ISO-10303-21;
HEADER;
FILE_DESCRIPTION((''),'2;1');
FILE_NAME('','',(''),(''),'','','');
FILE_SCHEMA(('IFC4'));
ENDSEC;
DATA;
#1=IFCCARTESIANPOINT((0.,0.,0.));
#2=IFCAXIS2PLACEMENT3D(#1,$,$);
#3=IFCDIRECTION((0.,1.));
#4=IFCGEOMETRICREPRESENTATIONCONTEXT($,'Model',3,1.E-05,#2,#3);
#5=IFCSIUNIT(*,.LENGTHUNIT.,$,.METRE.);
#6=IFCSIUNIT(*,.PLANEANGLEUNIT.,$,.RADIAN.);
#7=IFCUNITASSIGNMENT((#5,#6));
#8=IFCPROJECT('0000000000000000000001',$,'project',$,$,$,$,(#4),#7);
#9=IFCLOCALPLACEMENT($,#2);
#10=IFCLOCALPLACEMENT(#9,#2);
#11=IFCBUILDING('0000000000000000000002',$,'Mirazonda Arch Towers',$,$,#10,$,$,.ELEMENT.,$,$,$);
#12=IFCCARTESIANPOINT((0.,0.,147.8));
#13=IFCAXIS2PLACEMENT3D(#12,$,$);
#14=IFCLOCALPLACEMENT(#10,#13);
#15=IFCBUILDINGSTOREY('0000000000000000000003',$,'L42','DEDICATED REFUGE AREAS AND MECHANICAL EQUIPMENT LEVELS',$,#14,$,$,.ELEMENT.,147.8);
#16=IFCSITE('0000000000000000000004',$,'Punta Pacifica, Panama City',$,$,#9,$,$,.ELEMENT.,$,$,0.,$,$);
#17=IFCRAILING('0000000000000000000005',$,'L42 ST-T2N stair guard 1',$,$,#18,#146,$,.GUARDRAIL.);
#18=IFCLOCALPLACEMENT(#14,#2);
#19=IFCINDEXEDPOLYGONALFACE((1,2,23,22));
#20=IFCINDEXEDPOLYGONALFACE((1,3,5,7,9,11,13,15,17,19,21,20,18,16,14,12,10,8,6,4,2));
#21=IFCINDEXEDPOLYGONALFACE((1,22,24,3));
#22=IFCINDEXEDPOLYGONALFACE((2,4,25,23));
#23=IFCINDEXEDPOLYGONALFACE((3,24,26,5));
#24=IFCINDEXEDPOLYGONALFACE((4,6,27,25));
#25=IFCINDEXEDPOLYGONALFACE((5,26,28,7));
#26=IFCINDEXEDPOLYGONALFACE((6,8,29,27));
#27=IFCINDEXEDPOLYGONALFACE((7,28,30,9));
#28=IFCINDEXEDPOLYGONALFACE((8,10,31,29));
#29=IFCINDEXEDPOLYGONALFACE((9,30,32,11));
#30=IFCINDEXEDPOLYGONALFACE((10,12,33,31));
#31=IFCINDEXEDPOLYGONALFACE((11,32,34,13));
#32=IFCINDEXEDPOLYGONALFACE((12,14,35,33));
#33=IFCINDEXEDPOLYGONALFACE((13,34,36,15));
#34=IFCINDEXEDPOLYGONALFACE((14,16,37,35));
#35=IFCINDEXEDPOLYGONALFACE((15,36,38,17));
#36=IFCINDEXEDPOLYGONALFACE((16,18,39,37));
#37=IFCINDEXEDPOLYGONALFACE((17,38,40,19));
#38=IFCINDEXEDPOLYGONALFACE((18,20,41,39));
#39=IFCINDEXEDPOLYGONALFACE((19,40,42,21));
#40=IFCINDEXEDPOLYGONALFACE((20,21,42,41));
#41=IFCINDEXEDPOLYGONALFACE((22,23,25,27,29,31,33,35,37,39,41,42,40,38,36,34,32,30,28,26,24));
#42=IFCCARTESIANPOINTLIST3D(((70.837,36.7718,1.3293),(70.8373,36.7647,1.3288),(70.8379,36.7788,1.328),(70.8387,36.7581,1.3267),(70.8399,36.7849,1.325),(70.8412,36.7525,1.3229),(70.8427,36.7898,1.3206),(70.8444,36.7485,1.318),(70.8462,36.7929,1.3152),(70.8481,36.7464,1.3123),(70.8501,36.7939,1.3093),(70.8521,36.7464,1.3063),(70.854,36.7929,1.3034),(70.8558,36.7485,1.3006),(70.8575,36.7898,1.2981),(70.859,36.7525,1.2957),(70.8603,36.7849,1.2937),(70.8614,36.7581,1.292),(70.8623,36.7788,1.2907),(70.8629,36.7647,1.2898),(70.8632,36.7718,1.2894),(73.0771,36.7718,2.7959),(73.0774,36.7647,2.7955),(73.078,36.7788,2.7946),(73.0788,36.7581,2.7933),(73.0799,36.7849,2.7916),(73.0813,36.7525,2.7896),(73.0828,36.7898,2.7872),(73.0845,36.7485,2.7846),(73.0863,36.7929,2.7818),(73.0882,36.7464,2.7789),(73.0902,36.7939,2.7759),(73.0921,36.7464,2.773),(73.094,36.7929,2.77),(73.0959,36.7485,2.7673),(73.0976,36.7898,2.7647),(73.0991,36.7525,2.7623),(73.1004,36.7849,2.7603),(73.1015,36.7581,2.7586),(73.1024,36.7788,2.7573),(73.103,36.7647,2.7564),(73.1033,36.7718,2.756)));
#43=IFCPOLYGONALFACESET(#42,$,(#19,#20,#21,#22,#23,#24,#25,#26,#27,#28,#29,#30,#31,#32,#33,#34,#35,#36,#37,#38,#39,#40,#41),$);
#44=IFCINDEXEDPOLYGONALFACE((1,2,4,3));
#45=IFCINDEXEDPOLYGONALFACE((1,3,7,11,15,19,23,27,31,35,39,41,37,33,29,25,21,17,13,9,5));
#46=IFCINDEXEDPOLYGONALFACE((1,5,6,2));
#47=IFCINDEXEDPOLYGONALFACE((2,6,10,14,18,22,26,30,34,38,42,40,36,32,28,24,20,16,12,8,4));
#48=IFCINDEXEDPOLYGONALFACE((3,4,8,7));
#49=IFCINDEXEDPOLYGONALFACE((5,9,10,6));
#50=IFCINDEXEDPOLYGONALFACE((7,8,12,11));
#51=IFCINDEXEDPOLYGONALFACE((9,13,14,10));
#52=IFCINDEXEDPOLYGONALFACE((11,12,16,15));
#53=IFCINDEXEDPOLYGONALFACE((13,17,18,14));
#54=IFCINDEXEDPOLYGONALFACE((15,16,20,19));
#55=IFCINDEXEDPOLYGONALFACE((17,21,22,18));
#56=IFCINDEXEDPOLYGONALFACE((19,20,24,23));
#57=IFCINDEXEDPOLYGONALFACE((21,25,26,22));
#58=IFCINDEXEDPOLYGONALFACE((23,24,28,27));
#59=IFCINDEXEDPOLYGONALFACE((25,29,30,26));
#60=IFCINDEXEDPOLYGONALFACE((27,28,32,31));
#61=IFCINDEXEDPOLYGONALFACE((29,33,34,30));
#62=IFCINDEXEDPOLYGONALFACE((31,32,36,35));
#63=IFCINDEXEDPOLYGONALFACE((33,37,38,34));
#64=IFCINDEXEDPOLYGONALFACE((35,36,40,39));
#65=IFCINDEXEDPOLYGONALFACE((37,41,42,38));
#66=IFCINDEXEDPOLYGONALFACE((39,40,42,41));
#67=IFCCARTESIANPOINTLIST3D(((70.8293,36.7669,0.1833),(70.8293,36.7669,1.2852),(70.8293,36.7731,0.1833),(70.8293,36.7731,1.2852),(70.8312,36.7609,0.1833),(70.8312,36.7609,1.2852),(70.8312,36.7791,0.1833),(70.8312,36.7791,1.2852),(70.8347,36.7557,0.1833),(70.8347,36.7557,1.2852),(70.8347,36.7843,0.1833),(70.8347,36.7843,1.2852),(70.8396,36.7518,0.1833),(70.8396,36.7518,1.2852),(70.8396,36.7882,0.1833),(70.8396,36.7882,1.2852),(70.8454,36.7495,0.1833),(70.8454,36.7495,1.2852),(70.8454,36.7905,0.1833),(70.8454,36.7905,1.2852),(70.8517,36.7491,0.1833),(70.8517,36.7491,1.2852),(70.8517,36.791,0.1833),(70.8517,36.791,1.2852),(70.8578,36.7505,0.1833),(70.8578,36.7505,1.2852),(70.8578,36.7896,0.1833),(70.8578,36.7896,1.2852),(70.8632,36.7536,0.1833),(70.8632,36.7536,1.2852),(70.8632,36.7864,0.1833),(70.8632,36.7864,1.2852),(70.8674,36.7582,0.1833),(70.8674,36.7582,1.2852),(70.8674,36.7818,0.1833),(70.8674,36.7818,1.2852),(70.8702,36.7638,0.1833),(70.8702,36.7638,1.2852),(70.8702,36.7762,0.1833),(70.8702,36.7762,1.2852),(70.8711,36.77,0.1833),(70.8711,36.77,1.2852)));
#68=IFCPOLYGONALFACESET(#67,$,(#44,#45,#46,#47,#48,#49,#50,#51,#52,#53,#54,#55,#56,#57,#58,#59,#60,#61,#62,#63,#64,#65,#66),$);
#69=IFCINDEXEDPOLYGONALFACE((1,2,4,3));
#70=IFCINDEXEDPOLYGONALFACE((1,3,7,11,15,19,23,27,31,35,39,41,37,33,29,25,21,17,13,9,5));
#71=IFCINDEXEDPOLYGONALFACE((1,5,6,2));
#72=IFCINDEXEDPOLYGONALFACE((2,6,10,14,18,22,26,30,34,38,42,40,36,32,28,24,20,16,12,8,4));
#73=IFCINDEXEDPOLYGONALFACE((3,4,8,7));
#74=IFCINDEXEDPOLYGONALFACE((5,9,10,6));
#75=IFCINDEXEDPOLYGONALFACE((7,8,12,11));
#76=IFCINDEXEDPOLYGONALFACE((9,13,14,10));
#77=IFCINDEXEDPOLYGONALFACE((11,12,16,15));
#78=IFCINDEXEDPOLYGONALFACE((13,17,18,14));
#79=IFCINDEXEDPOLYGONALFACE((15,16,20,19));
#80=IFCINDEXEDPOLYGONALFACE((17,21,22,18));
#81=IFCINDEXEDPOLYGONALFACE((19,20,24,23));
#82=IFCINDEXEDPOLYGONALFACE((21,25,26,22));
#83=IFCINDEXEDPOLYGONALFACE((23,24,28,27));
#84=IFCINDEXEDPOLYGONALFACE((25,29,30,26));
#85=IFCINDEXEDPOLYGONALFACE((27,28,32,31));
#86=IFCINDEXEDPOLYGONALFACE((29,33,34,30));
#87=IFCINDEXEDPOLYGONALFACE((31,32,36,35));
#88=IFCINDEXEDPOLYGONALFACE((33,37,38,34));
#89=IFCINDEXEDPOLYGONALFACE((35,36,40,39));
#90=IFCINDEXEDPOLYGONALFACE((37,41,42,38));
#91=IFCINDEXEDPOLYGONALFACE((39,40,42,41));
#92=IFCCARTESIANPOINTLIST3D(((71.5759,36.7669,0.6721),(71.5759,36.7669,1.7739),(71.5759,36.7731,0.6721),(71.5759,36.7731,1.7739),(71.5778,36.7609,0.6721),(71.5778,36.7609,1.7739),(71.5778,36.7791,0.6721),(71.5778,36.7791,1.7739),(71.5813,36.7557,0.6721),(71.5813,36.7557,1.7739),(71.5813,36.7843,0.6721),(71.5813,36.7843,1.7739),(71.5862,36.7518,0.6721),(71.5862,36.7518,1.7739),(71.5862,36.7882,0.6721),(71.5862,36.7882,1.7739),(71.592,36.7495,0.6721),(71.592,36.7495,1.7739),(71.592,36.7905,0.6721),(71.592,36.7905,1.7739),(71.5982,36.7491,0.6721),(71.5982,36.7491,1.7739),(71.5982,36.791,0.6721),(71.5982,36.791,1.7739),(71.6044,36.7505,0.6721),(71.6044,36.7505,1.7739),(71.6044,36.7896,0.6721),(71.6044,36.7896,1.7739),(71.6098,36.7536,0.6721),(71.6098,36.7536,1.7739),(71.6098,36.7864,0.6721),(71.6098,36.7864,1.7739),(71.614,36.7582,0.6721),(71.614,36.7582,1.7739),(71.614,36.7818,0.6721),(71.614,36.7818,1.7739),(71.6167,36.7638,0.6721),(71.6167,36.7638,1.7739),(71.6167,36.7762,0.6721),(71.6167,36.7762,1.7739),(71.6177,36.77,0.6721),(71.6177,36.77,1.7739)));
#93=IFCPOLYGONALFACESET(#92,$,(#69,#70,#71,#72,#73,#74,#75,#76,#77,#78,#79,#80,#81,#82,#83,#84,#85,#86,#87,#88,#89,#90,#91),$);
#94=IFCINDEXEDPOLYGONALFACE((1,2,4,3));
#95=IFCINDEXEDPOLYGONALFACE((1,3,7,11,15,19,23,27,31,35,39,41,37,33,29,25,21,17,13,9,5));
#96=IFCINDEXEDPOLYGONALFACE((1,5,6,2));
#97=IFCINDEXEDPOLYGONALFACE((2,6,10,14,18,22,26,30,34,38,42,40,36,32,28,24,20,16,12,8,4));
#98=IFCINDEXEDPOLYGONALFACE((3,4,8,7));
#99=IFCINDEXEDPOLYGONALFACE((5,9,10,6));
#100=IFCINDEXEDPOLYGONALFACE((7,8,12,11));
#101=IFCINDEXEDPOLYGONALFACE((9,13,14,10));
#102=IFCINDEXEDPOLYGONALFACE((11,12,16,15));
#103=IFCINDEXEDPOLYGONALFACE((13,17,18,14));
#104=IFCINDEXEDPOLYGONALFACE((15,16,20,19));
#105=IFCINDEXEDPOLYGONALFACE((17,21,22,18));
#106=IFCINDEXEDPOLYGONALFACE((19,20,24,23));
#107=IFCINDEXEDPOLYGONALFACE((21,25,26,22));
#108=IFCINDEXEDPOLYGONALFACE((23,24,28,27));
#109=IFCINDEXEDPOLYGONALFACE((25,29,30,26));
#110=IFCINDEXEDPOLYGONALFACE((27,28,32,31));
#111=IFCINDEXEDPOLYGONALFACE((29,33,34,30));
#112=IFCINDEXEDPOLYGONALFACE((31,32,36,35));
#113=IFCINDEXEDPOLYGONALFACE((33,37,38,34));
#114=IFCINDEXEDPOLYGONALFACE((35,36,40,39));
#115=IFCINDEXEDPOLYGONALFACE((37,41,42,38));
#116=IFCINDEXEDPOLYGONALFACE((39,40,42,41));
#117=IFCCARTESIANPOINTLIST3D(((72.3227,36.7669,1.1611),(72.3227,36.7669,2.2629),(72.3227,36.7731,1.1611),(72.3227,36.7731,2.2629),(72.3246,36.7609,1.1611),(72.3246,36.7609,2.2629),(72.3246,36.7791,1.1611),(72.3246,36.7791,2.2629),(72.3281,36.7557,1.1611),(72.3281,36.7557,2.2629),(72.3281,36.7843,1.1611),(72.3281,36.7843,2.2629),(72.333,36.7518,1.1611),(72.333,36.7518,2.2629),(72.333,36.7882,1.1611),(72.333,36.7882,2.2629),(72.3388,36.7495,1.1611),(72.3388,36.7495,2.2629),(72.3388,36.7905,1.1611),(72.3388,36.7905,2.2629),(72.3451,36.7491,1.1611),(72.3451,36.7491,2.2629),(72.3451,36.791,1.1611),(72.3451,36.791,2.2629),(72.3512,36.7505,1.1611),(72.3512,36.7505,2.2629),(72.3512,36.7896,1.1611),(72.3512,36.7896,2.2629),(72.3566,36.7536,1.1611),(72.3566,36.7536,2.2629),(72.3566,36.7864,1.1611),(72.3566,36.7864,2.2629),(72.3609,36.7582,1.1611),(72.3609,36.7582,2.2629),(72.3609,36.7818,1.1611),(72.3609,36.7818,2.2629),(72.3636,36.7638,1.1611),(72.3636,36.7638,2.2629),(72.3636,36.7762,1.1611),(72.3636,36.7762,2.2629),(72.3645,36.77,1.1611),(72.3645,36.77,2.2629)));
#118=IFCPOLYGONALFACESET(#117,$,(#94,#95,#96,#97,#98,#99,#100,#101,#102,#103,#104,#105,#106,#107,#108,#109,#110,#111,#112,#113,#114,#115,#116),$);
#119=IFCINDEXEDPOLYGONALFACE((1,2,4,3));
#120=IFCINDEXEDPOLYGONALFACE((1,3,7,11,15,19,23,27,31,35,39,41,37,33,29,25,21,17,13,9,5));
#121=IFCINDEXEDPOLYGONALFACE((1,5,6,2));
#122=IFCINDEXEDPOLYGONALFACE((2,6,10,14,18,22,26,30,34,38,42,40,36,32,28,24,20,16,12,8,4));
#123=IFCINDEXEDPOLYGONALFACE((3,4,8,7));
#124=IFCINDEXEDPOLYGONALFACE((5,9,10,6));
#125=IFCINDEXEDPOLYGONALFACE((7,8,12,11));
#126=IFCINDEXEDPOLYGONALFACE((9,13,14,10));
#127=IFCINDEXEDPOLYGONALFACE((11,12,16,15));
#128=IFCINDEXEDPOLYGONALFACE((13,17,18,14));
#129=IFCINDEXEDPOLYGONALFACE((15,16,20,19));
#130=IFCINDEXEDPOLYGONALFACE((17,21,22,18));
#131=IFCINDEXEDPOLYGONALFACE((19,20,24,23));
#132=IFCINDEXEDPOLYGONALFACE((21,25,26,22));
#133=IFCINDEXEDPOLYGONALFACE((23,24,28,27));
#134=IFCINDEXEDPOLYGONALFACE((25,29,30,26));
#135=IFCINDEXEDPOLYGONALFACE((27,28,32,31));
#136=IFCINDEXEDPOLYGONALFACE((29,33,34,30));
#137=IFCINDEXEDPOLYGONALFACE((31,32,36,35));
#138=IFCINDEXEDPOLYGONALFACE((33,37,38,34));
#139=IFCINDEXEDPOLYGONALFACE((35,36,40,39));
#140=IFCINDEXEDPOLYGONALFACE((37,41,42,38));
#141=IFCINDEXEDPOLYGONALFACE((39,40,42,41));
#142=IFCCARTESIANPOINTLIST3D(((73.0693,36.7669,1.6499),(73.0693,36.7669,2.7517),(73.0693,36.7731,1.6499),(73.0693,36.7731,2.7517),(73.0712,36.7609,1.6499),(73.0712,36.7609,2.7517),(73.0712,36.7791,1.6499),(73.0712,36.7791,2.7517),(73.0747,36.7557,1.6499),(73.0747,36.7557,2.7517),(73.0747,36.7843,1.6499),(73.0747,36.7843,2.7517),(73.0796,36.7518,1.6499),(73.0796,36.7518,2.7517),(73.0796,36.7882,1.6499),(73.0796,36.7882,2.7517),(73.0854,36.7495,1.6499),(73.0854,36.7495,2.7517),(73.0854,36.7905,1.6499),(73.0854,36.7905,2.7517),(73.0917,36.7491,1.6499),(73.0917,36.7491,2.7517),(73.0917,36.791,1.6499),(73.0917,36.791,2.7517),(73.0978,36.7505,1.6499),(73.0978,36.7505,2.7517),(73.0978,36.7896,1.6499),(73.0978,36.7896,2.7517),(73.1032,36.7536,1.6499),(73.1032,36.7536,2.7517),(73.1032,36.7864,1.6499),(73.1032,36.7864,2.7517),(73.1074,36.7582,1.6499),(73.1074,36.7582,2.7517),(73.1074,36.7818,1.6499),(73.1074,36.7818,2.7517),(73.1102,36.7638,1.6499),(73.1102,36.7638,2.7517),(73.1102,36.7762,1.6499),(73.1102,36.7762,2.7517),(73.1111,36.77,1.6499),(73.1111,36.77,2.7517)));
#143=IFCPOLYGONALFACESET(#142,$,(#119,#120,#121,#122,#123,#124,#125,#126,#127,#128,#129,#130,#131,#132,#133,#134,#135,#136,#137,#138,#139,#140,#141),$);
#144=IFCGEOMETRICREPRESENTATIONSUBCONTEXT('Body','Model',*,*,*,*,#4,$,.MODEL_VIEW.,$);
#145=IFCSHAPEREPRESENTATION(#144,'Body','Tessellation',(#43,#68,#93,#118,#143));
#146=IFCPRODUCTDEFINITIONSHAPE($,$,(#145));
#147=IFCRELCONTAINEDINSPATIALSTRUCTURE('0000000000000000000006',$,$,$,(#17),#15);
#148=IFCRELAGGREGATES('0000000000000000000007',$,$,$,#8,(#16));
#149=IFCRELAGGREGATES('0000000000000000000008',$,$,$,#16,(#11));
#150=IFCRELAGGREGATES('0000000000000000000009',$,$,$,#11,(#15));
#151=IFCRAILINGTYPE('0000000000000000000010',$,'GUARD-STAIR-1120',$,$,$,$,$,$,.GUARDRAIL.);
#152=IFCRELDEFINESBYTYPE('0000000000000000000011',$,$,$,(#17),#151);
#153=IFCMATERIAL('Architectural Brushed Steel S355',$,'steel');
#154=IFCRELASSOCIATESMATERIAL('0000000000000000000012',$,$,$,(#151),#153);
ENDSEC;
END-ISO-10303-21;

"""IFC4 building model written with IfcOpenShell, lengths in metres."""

from ifc_helpers import new_model, si_unit, direction, frame, origin, origin_2d, place, context, subcontext, project, spatial, circle, extrude, material, type_object, element, save


model = new_model("IFC4")

# Units and contexts
model_context = context("Model", 3, precision=1e-05, world=origin(), true_north=direction((0.0, 1.0)))
body_context = subcontext(model_context, "Body", "Model", "MODEL_VIEW")
ifc_project = project(units=[si_unit("LENGTHUNIT", "METRE"), si_unit("PLANEANGLEUNIT", "RADIAN")], contexts=[model_context])

# Site, building, storey
site_placement = place(None, origin())
site = spatial("IfcSite", under=ifc_project, at=site_placement, Name="Punta Pacifica, Panama City", CompositionType="ELEMENT", RefElevation=0.0)
building_placement = place(site_placement, origin())
building = spatial("IfcBuilding", under=site, at=building_placement, Name="Mirazonda Arch Towers", CompositionType="ELEMENT")
storey_placement = place(building_placement, frame((0.0, 0.0, 147.8)))
storey = spatial("IfcBuildingStorey", under=building, at=storey_placement, Name="L42", Description="DEDICATED REFUGE AREAS AND MECHANICAL EQUIPMENT LEVELS", CompositionType="ELEMENT", Elevation=147.8)

# Railing
ifc_material_1 = material(Name="Architectural Brushed Steel S355", Category="steel")
railing_type_1 = type_object("IfcRailingType", Name="GUARD-STAIR-1120", PredefinedType="GUARDRAIL", material=ifc_material_1)
railing_1_placement = place(storey_placement, frame((70.8501, 36.77, 0.1833)))
element("IfcRailing", 1, at=railing_1_placement, inside=storey, type_object=railing_type_1, Name="L42 ST-T2N stair guard 1", PredefinedType="GUARDRAIL", context=body_context, shape_type="SweptSolid", body=[
    extrude(circle(Radius=0.0239, at=origin_2d()), frame((0.0, 0.0, 1.126), z_axis=(0.836637, 0.0, 0.547758), x_axis=(0.0, 1.0, 0.0)), (0.0, 0.0, 1.0), 2.6775),
    extrude(circle(Radius=0.021, at=origin_2d()), origin(), (0.0, 0.0, 1.0), 1.1018),
    extrude(circle(Radius=0.021, at=origin_2d()), frame((0.7466, 0.0, 0.4888)), (0.0, 0.0, 1.0), 1.1018),
    extrude(circle(Radius=0.021, at=origin_2d()), frame((1.4934, 0.0, 0.9778)), (0.0, 0.0, 1.0), 1.1018),
    extrude(circle(Radius=0.021, at=origin_2d()), frame((2.24, 0.0, 1.4666)), (0.0, 0.0, 1.0), 1.1018),
])

save(model, "model.ifc")
